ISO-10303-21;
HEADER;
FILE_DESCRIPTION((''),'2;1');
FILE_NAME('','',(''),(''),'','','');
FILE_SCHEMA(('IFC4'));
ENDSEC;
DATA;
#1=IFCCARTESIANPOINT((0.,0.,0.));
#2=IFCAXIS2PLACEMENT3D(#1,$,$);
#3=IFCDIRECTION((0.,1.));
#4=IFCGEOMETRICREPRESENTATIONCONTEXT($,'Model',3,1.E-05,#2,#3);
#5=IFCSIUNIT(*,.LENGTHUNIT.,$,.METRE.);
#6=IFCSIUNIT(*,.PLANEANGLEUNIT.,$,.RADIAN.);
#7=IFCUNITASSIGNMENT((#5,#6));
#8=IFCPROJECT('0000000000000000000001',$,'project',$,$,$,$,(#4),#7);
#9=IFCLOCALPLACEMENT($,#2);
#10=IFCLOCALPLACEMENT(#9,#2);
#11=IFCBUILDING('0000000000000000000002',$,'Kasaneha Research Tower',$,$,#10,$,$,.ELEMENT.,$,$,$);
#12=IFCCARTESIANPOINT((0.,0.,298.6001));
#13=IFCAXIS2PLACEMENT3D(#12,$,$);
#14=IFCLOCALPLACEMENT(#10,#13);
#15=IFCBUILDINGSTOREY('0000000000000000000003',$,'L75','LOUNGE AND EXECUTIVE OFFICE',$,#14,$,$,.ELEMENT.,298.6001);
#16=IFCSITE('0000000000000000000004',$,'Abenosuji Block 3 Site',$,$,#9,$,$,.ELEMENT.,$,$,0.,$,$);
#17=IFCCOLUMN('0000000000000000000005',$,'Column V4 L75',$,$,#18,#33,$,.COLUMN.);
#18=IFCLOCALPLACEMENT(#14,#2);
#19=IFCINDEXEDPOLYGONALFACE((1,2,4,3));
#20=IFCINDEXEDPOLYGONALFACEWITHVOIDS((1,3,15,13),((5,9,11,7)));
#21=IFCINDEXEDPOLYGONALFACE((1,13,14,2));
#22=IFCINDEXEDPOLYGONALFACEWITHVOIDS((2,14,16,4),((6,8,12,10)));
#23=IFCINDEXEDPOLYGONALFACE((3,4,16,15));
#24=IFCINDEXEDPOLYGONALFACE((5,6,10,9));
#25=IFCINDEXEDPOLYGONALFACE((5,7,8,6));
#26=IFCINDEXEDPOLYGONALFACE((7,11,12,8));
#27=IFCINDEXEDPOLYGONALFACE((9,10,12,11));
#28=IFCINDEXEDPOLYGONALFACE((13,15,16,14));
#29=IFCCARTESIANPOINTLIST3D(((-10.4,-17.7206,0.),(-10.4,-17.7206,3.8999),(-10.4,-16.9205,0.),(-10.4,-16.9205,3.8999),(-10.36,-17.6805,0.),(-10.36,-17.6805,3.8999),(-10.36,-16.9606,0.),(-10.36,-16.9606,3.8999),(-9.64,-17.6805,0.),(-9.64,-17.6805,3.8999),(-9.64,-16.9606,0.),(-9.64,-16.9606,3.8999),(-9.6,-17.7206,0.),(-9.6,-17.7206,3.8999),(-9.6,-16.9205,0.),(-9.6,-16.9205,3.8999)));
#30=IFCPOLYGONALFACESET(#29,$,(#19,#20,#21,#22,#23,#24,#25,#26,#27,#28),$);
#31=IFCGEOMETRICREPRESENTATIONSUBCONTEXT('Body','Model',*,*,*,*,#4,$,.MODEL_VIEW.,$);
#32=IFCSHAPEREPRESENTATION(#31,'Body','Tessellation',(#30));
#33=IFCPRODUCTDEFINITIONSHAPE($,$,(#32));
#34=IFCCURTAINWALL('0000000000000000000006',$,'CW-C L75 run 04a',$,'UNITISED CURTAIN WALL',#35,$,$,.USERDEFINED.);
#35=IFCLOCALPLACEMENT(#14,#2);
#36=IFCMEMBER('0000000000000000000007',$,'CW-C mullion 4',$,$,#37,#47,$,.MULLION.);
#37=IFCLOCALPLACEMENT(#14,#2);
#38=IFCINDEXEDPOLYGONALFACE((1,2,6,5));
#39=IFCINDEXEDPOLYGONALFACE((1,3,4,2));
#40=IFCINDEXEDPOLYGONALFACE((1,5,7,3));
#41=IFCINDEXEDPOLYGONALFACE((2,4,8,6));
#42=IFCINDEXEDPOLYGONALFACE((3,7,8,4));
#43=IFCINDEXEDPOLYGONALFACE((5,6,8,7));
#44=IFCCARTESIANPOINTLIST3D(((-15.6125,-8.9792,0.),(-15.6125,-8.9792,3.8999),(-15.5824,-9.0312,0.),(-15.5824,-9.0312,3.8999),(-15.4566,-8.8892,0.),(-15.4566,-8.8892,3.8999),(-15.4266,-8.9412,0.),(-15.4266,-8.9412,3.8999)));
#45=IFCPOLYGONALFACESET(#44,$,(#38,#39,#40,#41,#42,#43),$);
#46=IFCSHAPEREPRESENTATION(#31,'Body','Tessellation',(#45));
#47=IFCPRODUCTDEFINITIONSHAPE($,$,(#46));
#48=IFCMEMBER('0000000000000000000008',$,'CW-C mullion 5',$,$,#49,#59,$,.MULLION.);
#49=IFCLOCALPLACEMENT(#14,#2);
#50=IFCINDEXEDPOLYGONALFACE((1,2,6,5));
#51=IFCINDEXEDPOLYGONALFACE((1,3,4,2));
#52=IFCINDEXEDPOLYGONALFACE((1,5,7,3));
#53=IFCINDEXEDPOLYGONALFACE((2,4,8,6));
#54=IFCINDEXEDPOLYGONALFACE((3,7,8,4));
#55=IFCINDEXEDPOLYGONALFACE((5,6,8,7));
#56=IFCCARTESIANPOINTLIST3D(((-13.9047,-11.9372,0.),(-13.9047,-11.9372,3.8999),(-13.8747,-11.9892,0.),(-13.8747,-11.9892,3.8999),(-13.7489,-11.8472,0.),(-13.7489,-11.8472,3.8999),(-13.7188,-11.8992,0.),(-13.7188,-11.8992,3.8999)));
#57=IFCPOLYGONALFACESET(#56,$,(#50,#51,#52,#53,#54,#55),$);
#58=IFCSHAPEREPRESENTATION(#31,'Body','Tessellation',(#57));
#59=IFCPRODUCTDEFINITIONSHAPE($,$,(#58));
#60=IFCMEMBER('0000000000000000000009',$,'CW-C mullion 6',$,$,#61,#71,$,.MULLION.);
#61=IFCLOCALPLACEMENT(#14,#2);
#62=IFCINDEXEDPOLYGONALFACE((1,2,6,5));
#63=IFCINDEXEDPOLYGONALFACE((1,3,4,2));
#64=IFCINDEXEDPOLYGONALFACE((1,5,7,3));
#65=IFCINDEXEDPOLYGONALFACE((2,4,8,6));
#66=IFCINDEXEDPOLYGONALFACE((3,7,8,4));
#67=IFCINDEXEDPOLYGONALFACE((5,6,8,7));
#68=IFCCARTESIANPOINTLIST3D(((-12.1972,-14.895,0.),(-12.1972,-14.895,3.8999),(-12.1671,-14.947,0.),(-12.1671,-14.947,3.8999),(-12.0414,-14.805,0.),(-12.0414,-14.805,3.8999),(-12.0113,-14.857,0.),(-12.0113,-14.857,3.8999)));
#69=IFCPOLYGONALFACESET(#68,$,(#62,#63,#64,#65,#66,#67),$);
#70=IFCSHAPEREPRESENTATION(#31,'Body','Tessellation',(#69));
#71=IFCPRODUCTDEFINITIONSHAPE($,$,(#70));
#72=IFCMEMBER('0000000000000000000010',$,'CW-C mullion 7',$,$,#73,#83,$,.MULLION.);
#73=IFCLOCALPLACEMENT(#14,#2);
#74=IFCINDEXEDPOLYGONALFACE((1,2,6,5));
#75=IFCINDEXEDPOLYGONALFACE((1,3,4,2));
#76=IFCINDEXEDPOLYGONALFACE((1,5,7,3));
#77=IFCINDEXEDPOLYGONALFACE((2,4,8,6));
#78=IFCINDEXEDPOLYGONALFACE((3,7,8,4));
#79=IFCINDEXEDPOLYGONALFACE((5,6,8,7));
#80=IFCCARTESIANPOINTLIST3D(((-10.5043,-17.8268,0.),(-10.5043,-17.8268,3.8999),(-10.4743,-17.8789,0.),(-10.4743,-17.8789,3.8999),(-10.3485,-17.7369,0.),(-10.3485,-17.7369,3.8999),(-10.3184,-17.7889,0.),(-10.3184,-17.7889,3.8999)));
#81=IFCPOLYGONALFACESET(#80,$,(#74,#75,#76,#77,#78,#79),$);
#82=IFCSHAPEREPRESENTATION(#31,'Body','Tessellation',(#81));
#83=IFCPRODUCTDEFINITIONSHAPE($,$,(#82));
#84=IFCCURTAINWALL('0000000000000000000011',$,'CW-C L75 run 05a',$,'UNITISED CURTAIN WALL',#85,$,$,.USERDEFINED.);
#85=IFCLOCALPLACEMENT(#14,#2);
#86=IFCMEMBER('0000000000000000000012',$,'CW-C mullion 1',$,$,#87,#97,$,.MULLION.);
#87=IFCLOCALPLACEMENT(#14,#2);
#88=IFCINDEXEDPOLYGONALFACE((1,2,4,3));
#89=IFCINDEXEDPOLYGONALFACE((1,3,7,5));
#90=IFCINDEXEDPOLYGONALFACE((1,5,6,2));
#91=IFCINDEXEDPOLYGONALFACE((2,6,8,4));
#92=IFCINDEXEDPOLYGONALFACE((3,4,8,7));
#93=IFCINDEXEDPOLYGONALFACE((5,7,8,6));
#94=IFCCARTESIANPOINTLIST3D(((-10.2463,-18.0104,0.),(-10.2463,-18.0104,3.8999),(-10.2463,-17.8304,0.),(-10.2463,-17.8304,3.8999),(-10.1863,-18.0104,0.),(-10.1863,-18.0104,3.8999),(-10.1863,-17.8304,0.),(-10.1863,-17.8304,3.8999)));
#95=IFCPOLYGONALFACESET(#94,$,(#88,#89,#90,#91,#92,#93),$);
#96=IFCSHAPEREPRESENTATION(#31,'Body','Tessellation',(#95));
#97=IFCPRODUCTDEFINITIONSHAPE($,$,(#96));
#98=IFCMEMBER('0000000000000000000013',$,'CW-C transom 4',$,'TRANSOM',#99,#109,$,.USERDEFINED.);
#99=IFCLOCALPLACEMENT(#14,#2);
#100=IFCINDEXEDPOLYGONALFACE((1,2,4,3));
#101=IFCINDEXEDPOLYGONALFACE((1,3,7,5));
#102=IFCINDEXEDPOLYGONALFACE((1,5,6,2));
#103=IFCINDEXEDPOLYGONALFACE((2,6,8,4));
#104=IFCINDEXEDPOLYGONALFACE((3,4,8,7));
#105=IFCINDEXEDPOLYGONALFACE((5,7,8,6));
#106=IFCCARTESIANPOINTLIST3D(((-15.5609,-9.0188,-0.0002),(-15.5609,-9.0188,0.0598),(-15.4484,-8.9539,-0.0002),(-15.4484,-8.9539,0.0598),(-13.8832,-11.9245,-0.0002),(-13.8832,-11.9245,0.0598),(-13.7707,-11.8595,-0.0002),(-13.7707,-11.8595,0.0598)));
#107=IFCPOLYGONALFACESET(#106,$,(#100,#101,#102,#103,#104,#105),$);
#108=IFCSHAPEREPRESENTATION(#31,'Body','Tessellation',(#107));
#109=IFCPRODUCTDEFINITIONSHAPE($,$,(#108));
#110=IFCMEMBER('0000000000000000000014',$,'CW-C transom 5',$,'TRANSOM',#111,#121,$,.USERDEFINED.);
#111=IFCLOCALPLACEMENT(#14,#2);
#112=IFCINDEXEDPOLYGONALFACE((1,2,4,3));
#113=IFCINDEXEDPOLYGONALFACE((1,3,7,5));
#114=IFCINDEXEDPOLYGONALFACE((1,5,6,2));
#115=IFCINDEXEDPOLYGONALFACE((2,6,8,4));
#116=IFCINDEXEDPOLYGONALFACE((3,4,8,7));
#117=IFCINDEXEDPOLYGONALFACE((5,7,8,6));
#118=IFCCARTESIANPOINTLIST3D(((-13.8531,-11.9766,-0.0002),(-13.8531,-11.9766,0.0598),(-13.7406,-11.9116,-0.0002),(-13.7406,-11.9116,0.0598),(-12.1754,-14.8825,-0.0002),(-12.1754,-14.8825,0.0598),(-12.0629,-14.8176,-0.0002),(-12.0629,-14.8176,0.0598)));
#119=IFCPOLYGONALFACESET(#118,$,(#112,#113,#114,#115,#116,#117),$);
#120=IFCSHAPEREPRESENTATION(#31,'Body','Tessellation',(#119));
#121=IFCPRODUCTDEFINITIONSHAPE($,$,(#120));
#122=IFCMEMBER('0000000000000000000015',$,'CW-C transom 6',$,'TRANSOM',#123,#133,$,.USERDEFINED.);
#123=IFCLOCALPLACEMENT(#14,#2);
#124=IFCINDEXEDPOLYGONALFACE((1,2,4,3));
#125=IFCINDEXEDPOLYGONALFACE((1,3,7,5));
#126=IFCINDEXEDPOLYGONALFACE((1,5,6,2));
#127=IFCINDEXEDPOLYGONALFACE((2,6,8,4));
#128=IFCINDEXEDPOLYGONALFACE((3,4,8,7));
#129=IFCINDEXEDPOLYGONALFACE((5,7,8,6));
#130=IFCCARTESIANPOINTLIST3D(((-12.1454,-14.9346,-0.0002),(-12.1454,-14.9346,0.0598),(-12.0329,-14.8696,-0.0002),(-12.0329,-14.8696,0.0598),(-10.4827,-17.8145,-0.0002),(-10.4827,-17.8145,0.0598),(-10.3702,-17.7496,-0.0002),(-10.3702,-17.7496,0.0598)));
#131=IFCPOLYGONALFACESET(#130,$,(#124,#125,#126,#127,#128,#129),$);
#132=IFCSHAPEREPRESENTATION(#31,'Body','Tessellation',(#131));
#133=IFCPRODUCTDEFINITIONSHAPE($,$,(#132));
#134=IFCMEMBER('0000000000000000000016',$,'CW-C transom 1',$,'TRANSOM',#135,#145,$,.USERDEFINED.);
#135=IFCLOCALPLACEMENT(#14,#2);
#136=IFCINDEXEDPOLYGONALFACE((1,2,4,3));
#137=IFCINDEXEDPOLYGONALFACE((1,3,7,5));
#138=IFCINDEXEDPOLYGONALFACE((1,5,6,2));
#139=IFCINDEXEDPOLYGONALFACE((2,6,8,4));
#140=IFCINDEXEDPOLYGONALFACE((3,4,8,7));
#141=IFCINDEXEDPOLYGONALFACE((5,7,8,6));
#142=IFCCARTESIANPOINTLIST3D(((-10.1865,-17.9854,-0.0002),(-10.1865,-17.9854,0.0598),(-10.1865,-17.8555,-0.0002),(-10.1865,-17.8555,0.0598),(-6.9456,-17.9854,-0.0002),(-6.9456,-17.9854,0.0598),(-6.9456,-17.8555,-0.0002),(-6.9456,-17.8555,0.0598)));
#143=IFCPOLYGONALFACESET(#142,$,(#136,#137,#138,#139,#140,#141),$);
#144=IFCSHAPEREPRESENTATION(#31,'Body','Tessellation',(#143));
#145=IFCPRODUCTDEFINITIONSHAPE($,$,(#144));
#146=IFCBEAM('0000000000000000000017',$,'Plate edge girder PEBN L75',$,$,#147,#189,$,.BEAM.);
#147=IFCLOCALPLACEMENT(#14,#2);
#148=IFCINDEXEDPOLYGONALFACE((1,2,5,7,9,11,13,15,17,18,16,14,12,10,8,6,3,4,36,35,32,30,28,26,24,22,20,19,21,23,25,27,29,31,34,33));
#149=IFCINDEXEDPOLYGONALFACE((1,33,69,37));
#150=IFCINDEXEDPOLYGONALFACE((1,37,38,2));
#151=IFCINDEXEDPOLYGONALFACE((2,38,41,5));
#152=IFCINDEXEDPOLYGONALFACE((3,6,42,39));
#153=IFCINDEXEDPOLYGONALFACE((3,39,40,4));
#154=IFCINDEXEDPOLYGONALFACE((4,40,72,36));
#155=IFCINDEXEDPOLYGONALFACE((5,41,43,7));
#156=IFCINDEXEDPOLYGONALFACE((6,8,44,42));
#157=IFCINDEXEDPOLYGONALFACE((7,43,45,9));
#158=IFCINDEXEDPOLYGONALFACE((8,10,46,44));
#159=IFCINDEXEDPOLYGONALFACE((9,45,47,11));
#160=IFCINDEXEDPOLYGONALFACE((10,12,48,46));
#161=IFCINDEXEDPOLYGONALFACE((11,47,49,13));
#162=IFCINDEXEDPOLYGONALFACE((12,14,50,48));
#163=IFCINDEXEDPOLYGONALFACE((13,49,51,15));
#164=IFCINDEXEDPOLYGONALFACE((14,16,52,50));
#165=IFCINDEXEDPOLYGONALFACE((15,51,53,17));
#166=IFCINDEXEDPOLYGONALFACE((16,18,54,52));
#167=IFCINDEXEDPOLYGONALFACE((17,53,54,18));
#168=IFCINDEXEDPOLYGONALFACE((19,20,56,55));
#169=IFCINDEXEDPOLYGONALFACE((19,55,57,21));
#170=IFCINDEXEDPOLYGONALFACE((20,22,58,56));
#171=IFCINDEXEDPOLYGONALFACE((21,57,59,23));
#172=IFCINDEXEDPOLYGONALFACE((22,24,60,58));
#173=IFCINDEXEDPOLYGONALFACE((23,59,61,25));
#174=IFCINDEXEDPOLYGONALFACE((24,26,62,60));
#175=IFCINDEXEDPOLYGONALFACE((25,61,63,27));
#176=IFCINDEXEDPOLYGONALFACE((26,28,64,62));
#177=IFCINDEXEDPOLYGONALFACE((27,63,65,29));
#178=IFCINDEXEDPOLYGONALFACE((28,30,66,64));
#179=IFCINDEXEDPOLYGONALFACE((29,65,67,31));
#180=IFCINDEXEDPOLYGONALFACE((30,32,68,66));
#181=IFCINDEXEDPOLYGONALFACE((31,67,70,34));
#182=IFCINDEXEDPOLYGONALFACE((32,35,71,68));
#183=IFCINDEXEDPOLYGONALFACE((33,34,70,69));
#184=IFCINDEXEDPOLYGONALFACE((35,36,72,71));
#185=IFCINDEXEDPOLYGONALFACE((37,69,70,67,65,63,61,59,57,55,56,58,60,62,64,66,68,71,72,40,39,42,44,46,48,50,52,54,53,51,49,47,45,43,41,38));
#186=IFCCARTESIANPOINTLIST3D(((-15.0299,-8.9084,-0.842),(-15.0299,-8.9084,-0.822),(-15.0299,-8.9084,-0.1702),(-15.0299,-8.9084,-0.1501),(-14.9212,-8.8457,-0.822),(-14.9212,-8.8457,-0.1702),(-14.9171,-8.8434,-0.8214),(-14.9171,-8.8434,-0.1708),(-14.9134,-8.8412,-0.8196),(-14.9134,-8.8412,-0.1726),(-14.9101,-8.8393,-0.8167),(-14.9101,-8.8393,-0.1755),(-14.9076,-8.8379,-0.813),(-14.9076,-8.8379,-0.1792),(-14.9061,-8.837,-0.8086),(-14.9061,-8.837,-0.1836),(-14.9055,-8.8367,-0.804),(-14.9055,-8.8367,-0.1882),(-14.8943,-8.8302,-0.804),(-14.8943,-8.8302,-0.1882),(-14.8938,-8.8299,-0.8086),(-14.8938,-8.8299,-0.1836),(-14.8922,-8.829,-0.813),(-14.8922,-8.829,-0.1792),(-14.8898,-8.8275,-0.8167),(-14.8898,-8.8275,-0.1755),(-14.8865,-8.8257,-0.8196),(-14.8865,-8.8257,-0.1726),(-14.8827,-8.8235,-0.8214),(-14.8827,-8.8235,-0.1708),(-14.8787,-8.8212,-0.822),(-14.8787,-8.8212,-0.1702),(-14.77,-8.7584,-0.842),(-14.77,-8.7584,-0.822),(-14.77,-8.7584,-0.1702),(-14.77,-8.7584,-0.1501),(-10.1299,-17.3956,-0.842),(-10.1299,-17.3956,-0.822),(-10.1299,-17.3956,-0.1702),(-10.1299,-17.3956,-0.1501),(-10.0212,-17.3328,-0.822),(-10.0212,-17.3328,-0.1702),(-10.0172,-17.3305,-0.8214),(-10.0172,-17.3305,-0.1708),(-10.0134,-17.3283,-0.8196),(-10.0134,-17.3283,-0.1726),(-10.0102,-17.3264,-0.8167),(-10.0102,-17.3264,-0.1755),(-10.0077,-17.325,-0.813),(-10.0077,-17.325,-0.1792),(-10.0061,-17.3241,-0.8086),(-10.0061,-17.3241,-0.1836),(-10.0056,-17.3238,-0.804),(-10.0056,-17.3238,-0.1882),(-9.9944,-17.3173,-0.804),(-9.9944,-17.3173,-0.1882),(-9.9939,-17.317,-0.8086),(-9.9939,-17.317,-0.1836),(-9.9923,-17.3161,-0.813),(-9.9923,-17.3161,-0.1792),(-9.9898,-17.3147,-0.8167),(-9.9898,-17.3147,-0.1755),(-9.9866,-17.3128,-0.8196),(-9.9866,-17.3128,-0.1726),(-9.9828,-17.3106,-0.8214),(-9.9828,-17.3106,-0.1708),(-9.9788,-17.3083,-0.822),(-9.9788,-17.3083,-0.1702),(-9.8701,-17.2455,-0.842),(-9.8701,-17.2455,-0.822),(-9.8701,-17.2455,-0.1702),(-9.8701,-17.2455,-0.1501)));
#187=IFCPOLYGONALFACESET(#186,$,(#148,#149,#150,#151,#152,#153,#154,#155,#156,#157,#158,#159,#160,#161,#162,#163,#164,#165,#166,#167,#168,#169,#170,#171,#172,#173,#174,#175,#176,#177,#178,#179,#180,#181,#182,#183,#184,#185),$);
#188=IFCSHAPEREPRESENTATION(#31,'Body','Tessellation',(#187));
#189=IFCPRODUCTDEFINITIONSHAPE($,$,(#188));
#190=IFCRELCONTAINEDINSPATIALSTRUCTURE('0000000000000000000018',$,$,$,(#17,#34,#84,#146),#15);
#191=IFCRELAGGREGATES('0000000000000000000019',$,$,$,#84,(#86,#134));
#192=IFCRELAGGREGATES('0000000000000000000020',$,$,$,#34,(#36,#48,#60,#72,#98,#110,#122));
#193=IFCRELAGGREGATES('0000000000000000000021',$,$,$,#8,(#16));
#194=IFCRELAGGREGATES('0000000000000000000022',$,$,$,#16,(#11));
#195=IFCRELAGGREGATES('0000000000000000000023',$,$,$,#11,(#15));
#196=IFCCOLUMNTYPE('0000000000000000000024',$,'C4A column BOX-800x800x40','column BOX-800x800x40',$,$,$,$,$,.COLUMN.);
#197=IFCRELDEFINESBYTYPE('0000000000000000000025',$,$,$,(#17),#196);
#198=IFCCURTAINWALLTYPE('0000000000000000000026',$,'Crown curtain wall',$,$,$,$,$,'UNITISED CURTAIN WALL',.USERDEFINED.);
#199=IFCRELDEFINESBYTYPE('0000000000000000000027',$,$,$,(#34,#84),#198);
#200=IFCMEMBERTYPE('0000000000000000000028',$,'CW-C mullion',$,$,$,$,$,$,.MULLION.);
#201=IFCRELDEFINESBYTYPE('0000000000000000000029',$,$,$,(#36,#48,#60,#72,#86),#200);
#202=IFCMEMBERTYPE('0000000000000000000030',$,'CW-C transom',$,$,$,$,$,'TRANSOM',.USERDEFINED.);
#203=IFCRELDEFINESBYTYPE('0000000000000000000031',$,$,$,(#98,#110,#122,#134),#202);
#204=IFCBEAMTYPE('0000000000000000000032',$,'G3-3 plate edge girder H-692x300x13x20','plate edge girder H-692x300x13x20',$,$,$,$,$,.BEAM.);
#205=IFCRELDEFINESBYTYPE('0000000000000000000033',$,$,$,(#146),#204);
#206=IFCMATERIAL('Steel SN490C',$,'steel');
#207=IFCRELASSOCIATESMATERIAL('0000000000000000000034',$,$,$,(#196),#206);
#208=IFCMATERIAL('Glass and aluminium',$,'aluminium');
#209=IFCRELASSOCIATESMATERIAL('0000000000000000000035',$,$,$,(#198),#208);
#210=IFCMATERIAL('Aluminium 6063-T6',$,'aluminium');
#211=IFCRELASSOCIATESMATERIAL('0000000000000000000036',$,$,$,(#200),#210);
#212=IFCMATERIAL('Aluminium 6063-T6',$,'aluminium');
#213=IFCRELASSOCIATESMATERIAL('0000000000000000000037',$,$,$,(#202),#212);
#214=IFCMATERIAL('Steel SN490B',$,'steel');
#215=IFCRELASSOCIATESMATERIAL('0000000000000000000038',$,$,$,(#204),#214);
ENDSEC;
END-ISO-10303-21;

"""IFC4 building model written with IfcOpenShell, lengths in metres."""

from ifc_helpers import new_model, si_unit, direction, frame, origin, origin_2d, place, context, subcontext, project, spatial, rectangle, hollow_rectangle, i_section, extrude, material, material_profile, profile_set, type_object, element, aggregate, save


model = new_model("IFC4")

# Units and contexts
model_context = context("Model", 3, precision=1e-05, world=origin(), true_north=direction((0.0, 1.0)))
body_context = subcontext(model_context, "Body", "Model", "MODEL_VIEW")
ifc_project = project(units=[si_unit("LENGTHUNIT", "METRE"), si_unit("PLANEANGLEUNIT", "RADIAN")], contexts=[model_context])

# Site, building, storey
site_placement = place(None, origin())
site = spatial("IfcSite", under=ifc_project, at=site_placement, Name="Abenosuji Block 3 Site", CompositionType="ELEMENT", RefElevation=0.0)
building_placement = place(site_placement, origin())
building = spatial("IfcBuilding", under=site, at=building_placement, Name="Kasaneha Research Tower", CompositionType="ELEMENT")
storey_placement = place(building_placement, frame((0.0, 0.0, 298.6001)))
storey = spatial("IfcBuildingStorey", under=building, at=storey_placement, Name="L75", Description="LOUNGE AND EXECUTIVE OFFICE", CompositionType="ELEMENT", Elevation=298.6001)

# Column
ifc_material_1 = material(Name="Steel SN490C", Category="steel")
ifc_material_profile_1 = material_profile(ifc_material_1, hollow_rectangle(XDim=0.8, YDim=0.8, WallThickness=0.04, at=origin_2d()), Name="BOX-800x800x40")
ifc_profile_set_1 = profile_set([ifc_material_profile_1], Name="Steel SN490C")
column_type = type_object("IfcColumnType", Name="C4A column BOX-800x800x40", Description="column BOX-800x800x40", PredefinedType="COLUMN", material=ifc_profile_set_1)
column_placement = place(storey_placement, frame((-10.0, -17.3206, 0.0), z_axis=(0.0, 0.0, 1.0), x_axis=(1.0, 0.0, 0.0)))
element("IfcColumn", 1, at=column_placement, inside=storey, type_object=column_type, Name="Column V4 L75", PredefinedType="COLUMN", context=body_context, shape_type="SweptSolid", body=[
    extrude(hollow_rectangle(XDim=0.8, YDim=0.8, WallThickness=0.04, at=origin_2d()), origin(), (0.0, 0.0, 1.0), 3.8999),
])

# Curtain wall, members
ifc_material_2 = material(Name="Glass and aluminium", Category="aluminium")
curtain_wall_type = type_object("IfcCurtainWallType", Name="Crown curtain wall", ElementType="UNITISED CURTAIN WALL", PredefinedType="USERDEFINED", material=ifc_material_2)
curtain_wall_1_placement = place(storey_placement, origin())
curtain_wall_1 = element("IfcCurtainWall", 2, at=curtain_wall_1_placement, inside=storey, type_object=curtain_wall_type, Name="CW-C L75 run 04a", ObjectType="UNITISED CURTAIN WALL", PredefinedType="USERDEFINED")
ifc_material_3 = material(Name="Aluminium 6063-T6", Category="aluminium")
ifc_material_profile_2 = material_profile(ifc_material_3, rectangle(XDim=0.0601, YDim=0.1799, at=origin_2d()), Name="CW-C mullion 60x180")
ifc_profile_set_2 = profile_set([ifc_material_profile_2], Name="Aluminium 6063-T6")
member_type_1 = type_object("IfcMemberType", Name="CW-C mullion", PredefinedType="MULLION", material=ifc_profile_set_2)
member_1_placement = place(storey_placement, frame((-15.5195, -8.9602, 0.0), z_axis=(0.0, 0.0, 1.0), x_axis=(0.5, -0.866025, 0.0)))
member_1 = element("IfcMember", 3, at=member_1_placement, type_object=member_type_1, Name="CW-C mullion 4", PredefinedType="MULLION", context=body_context, shape_type="SweptSolid", body=[
    extrude(rectangle(XDim=0.0601, YDim=0.1799, at=origin_2d()), origin(), (0.0, 0.0, 1.0), 3.8999),
])
member_2_placement = place(storey_placement, frame((-13.8118, -11.9182, 0.0), z_axis=(0.0, 0.0, 1.0), x_axis=(0.5, -0.866025, 0.0)))
member_2 = element("IfcMember", 4, at=member_2_placement, type_object=member_type_1, Name="CW-C mullion 5", PredefinedType="MULLION", context=body_context, shape_type="SweptSolid", body=[
    extrude(rectangle(XDim=0.0601, YDim=0.1799, at=origin_2d()), origin(), (0.0, 0.0, 1.0), 3.8999),
])
member_3_placement = place(storey_placement, frame((-12.1042, -14.876, 0.0), z_axis=(0.0, 0.0, 1.0), x_axis=(0.5, -0.866025, 0.0)))
member_3 = element("IfcMember", 5, at=member_3_placement, type_object=member_type_1, Name="CW-C mullion 6", PredefinedType="MULLION", context=body_context, shape_type="SweptSolid", body=[
    extrude(rectangle(XDim=0.0601, YDim=0.1799, at=origin_2d()), origin(), (0.0, 0.0, 1.0), 3.8999),
])
member_4_placement = place(storey_placement, frame((-10.4114, -17.8079, 0.0), z_axis=(0.0, 0.0, 1.0), x_axis=(0.5, -0.866025, 0.0)))
member_4 = element("IfcMember", 6, at=member_4_placement, type_object=member_type_1, Name="CW-C mullion 7", PredefinedType="MULLION", context=body_context, shape_type="SweptSolid", body=[
    extrude(rectangle(XDim=0.0601, YDim=0.1799, at=origin_2d()), origin(), (0.0, 0.0, 1.0), 3.8999),
])

# Curtain wall, member
curtain_wall_2_placement = place(storey_placement, origin())
curtain_wall_2 = element("IfcCurtainWall", 7, at=curtain_wall_2_placement, inside=storey, type_object=curtain_wall_type, Name="CW-C L75 run 05a", ObjectType="UNITISED CURTAIN WALL", PredefinedType="USERDEFINED")
member_5_placement = place(storey_placement, frame((-10.2163, -17.9204, 0.0), z_axis=(0.0, 0.0, 1.0), x_axis=(1.0, 0.0, 0.0)))
member_5 = element("IfcMember", 8, at=member_5_placement, type_object=member_type_1, Name="CW-C mullion 1", PredefinedType="MULLION", context=body_context, shape_type="SweptSolid", body=[
    extrude(rectangle(XDim=0.0601, YDim=0.1799, at=origin_2d()), origin(), (0.0, 0.0, 1.0), 3.8999),
])

# Members
ifc_material_4 = material(Name="Aluminium 6063-T6", Category="aluminium")
ifc_material_profile_3 = material_profile(ifc_material_4, rectangle(XDim=0.1299, YDim=0.0601, at=origin_2d()), Name="CW-C transom 130x60")
ifc_profile_set_3 = profile_set([ifc_material_profile_3], Name="Aluminium 6063-T6")
member_type_2 = type_object("IfcMemberType", Name="CW-C transom", ElementType="TRANSOM", PredefinedType="USERDEFINED", material=ifc_profile_set_3)
member_6_placement = place(storey_placement, frame((-15.5046, -8.9863, 0.0298), z_axis=(0.500021, -0.866014, 0.0), x_axis=(0.866014, 0.500021, 0.0)))
member_6 = element("IfcMember", 9, at=member_6_placement, type_object=member_type_2, Name="CW-C transom 4", ObjectType="TRANSOM", PredefinedType="USERDEFINED", context=body_context, shape_type="SweptSolid", body=[
    extrude(rectangle(XDim=0.1299, YDim=0.0601, at=origin_2d()), origin(), (0.0, 0.0, 1.0), 3.3552),
])
member_7_placement = place(storey_placement, frame((-13.7969, -11.9441, 0.0298), z_axis=(0.499989, -0.866032, 0.0), x_axis=(0.866032, 0.499989, 0.0)))
member_7 = element("IfcMember", 10, at=member_7_placement, type_object=member_type_2, Name="CW-C transom 5", ObjectType="TRANSOM", PredefinedType="USERDEFINED", context=body_context, shape_type="SweptSolid", body=[
    extrude(rectangle(XDim=0.1299, YDim=0.0601, at=origin_2d()), origin(), (0.0, 0.0, 1.0), 3.3555),
])
member_8_placement = place(storey_placement, frame((-12.0891, -14.9021, 0.0298), z_axis=(0.499977, -0.866039, 0.0), x_axis=(0.866039, 0.499977, 0.0)))
member_8 = element("IfcMember", 11, at=member_8_placement, type_object=member_type_2, Name="CW-C transom 6", ObjectType="TRANSOM", PredefinedType="USERDEFINED", context=body_context, shape_type="SweptSolid", body=[
    extrude(rectangle(XDim=0.1299, YDim=0.0601, at=origin_2d()), origin(), (0.0, 0.0, 1.0), 3.3254),
])
member_9_placement = place(storey_placement, frame((-10.1865, -17.9204, 0.0298), z_axis=(1.0, 0.0, 0.0), x_axis=(0.0, 1.0, 0.0)))
member_9 = element("IfcMember", 12, at=member_9_placement, type_object=member_type_2, Name="CW-C transom 1", ObjectType="TRANSOM", PredefinedType="USERDEFINED", context=body_context, shape_type="SweptSolid", body=[
    extrude(rectangle(XDim=0.1299, YDim=0.0601, at=origin_2d()), origin(), (0.0, 0.0, 1.0), 3.241),
])
aggregate(curtain_wall_2, [member_5, member_9])

# Beam
ifc_material_5 = material(Name="Steel SN490B", Category="steel")
ifc_material_profile_4 = material_profile(ifc_material_5, i_section(OverallWidth=0.3, OverallDepth=0.6919, WebThickness=0.0129, FlangeThickness=0.02, FilletRadius=0.0181, at=origin_2d()), Name="H-692x300x13x20")
ifc_profile_set_4 = profile_set([ifc_material_profile_4], Name="Steel SN490B")
beam_type_1 = type_object("IfcBeamType", Name="G3-3 plate edge girder H-692x300x13x20", Description="plate edge girder H-692x300x13x20", PredefinedType="BEAM", material=ifc_profile_set_4)
beam_1_placement = place(storey_placement, frame((-10.0, -17.3206, -0.4961), z_axis=(-0.499992, 0.86603, 0.0), x_axis=(-0.86603, -0.499992, 0.0)))
element("IfcBeam", 13, at=beam_1_placement, inside=storey, type_object=beam_type_1, Name="Plate edge girder PEBN L75", PredefinedType="BEAM", context=body_context, shape_type="SweptSolid", body=[
    extrude(i_section(OverallWidth=0.3, OverallDepth=0.6919, WebThickness=0.0129, FlangeThickness=0.02, FilletRadius=0.0181, at=origin_2d()), origin(), (0.0, 0.0, 1.0), 9.8),
])

aggregate(curtain_wall_1, [member_1, member_2, member_3, member_4, member_6, member_7, member_8])

save(model, "model.ifc")
